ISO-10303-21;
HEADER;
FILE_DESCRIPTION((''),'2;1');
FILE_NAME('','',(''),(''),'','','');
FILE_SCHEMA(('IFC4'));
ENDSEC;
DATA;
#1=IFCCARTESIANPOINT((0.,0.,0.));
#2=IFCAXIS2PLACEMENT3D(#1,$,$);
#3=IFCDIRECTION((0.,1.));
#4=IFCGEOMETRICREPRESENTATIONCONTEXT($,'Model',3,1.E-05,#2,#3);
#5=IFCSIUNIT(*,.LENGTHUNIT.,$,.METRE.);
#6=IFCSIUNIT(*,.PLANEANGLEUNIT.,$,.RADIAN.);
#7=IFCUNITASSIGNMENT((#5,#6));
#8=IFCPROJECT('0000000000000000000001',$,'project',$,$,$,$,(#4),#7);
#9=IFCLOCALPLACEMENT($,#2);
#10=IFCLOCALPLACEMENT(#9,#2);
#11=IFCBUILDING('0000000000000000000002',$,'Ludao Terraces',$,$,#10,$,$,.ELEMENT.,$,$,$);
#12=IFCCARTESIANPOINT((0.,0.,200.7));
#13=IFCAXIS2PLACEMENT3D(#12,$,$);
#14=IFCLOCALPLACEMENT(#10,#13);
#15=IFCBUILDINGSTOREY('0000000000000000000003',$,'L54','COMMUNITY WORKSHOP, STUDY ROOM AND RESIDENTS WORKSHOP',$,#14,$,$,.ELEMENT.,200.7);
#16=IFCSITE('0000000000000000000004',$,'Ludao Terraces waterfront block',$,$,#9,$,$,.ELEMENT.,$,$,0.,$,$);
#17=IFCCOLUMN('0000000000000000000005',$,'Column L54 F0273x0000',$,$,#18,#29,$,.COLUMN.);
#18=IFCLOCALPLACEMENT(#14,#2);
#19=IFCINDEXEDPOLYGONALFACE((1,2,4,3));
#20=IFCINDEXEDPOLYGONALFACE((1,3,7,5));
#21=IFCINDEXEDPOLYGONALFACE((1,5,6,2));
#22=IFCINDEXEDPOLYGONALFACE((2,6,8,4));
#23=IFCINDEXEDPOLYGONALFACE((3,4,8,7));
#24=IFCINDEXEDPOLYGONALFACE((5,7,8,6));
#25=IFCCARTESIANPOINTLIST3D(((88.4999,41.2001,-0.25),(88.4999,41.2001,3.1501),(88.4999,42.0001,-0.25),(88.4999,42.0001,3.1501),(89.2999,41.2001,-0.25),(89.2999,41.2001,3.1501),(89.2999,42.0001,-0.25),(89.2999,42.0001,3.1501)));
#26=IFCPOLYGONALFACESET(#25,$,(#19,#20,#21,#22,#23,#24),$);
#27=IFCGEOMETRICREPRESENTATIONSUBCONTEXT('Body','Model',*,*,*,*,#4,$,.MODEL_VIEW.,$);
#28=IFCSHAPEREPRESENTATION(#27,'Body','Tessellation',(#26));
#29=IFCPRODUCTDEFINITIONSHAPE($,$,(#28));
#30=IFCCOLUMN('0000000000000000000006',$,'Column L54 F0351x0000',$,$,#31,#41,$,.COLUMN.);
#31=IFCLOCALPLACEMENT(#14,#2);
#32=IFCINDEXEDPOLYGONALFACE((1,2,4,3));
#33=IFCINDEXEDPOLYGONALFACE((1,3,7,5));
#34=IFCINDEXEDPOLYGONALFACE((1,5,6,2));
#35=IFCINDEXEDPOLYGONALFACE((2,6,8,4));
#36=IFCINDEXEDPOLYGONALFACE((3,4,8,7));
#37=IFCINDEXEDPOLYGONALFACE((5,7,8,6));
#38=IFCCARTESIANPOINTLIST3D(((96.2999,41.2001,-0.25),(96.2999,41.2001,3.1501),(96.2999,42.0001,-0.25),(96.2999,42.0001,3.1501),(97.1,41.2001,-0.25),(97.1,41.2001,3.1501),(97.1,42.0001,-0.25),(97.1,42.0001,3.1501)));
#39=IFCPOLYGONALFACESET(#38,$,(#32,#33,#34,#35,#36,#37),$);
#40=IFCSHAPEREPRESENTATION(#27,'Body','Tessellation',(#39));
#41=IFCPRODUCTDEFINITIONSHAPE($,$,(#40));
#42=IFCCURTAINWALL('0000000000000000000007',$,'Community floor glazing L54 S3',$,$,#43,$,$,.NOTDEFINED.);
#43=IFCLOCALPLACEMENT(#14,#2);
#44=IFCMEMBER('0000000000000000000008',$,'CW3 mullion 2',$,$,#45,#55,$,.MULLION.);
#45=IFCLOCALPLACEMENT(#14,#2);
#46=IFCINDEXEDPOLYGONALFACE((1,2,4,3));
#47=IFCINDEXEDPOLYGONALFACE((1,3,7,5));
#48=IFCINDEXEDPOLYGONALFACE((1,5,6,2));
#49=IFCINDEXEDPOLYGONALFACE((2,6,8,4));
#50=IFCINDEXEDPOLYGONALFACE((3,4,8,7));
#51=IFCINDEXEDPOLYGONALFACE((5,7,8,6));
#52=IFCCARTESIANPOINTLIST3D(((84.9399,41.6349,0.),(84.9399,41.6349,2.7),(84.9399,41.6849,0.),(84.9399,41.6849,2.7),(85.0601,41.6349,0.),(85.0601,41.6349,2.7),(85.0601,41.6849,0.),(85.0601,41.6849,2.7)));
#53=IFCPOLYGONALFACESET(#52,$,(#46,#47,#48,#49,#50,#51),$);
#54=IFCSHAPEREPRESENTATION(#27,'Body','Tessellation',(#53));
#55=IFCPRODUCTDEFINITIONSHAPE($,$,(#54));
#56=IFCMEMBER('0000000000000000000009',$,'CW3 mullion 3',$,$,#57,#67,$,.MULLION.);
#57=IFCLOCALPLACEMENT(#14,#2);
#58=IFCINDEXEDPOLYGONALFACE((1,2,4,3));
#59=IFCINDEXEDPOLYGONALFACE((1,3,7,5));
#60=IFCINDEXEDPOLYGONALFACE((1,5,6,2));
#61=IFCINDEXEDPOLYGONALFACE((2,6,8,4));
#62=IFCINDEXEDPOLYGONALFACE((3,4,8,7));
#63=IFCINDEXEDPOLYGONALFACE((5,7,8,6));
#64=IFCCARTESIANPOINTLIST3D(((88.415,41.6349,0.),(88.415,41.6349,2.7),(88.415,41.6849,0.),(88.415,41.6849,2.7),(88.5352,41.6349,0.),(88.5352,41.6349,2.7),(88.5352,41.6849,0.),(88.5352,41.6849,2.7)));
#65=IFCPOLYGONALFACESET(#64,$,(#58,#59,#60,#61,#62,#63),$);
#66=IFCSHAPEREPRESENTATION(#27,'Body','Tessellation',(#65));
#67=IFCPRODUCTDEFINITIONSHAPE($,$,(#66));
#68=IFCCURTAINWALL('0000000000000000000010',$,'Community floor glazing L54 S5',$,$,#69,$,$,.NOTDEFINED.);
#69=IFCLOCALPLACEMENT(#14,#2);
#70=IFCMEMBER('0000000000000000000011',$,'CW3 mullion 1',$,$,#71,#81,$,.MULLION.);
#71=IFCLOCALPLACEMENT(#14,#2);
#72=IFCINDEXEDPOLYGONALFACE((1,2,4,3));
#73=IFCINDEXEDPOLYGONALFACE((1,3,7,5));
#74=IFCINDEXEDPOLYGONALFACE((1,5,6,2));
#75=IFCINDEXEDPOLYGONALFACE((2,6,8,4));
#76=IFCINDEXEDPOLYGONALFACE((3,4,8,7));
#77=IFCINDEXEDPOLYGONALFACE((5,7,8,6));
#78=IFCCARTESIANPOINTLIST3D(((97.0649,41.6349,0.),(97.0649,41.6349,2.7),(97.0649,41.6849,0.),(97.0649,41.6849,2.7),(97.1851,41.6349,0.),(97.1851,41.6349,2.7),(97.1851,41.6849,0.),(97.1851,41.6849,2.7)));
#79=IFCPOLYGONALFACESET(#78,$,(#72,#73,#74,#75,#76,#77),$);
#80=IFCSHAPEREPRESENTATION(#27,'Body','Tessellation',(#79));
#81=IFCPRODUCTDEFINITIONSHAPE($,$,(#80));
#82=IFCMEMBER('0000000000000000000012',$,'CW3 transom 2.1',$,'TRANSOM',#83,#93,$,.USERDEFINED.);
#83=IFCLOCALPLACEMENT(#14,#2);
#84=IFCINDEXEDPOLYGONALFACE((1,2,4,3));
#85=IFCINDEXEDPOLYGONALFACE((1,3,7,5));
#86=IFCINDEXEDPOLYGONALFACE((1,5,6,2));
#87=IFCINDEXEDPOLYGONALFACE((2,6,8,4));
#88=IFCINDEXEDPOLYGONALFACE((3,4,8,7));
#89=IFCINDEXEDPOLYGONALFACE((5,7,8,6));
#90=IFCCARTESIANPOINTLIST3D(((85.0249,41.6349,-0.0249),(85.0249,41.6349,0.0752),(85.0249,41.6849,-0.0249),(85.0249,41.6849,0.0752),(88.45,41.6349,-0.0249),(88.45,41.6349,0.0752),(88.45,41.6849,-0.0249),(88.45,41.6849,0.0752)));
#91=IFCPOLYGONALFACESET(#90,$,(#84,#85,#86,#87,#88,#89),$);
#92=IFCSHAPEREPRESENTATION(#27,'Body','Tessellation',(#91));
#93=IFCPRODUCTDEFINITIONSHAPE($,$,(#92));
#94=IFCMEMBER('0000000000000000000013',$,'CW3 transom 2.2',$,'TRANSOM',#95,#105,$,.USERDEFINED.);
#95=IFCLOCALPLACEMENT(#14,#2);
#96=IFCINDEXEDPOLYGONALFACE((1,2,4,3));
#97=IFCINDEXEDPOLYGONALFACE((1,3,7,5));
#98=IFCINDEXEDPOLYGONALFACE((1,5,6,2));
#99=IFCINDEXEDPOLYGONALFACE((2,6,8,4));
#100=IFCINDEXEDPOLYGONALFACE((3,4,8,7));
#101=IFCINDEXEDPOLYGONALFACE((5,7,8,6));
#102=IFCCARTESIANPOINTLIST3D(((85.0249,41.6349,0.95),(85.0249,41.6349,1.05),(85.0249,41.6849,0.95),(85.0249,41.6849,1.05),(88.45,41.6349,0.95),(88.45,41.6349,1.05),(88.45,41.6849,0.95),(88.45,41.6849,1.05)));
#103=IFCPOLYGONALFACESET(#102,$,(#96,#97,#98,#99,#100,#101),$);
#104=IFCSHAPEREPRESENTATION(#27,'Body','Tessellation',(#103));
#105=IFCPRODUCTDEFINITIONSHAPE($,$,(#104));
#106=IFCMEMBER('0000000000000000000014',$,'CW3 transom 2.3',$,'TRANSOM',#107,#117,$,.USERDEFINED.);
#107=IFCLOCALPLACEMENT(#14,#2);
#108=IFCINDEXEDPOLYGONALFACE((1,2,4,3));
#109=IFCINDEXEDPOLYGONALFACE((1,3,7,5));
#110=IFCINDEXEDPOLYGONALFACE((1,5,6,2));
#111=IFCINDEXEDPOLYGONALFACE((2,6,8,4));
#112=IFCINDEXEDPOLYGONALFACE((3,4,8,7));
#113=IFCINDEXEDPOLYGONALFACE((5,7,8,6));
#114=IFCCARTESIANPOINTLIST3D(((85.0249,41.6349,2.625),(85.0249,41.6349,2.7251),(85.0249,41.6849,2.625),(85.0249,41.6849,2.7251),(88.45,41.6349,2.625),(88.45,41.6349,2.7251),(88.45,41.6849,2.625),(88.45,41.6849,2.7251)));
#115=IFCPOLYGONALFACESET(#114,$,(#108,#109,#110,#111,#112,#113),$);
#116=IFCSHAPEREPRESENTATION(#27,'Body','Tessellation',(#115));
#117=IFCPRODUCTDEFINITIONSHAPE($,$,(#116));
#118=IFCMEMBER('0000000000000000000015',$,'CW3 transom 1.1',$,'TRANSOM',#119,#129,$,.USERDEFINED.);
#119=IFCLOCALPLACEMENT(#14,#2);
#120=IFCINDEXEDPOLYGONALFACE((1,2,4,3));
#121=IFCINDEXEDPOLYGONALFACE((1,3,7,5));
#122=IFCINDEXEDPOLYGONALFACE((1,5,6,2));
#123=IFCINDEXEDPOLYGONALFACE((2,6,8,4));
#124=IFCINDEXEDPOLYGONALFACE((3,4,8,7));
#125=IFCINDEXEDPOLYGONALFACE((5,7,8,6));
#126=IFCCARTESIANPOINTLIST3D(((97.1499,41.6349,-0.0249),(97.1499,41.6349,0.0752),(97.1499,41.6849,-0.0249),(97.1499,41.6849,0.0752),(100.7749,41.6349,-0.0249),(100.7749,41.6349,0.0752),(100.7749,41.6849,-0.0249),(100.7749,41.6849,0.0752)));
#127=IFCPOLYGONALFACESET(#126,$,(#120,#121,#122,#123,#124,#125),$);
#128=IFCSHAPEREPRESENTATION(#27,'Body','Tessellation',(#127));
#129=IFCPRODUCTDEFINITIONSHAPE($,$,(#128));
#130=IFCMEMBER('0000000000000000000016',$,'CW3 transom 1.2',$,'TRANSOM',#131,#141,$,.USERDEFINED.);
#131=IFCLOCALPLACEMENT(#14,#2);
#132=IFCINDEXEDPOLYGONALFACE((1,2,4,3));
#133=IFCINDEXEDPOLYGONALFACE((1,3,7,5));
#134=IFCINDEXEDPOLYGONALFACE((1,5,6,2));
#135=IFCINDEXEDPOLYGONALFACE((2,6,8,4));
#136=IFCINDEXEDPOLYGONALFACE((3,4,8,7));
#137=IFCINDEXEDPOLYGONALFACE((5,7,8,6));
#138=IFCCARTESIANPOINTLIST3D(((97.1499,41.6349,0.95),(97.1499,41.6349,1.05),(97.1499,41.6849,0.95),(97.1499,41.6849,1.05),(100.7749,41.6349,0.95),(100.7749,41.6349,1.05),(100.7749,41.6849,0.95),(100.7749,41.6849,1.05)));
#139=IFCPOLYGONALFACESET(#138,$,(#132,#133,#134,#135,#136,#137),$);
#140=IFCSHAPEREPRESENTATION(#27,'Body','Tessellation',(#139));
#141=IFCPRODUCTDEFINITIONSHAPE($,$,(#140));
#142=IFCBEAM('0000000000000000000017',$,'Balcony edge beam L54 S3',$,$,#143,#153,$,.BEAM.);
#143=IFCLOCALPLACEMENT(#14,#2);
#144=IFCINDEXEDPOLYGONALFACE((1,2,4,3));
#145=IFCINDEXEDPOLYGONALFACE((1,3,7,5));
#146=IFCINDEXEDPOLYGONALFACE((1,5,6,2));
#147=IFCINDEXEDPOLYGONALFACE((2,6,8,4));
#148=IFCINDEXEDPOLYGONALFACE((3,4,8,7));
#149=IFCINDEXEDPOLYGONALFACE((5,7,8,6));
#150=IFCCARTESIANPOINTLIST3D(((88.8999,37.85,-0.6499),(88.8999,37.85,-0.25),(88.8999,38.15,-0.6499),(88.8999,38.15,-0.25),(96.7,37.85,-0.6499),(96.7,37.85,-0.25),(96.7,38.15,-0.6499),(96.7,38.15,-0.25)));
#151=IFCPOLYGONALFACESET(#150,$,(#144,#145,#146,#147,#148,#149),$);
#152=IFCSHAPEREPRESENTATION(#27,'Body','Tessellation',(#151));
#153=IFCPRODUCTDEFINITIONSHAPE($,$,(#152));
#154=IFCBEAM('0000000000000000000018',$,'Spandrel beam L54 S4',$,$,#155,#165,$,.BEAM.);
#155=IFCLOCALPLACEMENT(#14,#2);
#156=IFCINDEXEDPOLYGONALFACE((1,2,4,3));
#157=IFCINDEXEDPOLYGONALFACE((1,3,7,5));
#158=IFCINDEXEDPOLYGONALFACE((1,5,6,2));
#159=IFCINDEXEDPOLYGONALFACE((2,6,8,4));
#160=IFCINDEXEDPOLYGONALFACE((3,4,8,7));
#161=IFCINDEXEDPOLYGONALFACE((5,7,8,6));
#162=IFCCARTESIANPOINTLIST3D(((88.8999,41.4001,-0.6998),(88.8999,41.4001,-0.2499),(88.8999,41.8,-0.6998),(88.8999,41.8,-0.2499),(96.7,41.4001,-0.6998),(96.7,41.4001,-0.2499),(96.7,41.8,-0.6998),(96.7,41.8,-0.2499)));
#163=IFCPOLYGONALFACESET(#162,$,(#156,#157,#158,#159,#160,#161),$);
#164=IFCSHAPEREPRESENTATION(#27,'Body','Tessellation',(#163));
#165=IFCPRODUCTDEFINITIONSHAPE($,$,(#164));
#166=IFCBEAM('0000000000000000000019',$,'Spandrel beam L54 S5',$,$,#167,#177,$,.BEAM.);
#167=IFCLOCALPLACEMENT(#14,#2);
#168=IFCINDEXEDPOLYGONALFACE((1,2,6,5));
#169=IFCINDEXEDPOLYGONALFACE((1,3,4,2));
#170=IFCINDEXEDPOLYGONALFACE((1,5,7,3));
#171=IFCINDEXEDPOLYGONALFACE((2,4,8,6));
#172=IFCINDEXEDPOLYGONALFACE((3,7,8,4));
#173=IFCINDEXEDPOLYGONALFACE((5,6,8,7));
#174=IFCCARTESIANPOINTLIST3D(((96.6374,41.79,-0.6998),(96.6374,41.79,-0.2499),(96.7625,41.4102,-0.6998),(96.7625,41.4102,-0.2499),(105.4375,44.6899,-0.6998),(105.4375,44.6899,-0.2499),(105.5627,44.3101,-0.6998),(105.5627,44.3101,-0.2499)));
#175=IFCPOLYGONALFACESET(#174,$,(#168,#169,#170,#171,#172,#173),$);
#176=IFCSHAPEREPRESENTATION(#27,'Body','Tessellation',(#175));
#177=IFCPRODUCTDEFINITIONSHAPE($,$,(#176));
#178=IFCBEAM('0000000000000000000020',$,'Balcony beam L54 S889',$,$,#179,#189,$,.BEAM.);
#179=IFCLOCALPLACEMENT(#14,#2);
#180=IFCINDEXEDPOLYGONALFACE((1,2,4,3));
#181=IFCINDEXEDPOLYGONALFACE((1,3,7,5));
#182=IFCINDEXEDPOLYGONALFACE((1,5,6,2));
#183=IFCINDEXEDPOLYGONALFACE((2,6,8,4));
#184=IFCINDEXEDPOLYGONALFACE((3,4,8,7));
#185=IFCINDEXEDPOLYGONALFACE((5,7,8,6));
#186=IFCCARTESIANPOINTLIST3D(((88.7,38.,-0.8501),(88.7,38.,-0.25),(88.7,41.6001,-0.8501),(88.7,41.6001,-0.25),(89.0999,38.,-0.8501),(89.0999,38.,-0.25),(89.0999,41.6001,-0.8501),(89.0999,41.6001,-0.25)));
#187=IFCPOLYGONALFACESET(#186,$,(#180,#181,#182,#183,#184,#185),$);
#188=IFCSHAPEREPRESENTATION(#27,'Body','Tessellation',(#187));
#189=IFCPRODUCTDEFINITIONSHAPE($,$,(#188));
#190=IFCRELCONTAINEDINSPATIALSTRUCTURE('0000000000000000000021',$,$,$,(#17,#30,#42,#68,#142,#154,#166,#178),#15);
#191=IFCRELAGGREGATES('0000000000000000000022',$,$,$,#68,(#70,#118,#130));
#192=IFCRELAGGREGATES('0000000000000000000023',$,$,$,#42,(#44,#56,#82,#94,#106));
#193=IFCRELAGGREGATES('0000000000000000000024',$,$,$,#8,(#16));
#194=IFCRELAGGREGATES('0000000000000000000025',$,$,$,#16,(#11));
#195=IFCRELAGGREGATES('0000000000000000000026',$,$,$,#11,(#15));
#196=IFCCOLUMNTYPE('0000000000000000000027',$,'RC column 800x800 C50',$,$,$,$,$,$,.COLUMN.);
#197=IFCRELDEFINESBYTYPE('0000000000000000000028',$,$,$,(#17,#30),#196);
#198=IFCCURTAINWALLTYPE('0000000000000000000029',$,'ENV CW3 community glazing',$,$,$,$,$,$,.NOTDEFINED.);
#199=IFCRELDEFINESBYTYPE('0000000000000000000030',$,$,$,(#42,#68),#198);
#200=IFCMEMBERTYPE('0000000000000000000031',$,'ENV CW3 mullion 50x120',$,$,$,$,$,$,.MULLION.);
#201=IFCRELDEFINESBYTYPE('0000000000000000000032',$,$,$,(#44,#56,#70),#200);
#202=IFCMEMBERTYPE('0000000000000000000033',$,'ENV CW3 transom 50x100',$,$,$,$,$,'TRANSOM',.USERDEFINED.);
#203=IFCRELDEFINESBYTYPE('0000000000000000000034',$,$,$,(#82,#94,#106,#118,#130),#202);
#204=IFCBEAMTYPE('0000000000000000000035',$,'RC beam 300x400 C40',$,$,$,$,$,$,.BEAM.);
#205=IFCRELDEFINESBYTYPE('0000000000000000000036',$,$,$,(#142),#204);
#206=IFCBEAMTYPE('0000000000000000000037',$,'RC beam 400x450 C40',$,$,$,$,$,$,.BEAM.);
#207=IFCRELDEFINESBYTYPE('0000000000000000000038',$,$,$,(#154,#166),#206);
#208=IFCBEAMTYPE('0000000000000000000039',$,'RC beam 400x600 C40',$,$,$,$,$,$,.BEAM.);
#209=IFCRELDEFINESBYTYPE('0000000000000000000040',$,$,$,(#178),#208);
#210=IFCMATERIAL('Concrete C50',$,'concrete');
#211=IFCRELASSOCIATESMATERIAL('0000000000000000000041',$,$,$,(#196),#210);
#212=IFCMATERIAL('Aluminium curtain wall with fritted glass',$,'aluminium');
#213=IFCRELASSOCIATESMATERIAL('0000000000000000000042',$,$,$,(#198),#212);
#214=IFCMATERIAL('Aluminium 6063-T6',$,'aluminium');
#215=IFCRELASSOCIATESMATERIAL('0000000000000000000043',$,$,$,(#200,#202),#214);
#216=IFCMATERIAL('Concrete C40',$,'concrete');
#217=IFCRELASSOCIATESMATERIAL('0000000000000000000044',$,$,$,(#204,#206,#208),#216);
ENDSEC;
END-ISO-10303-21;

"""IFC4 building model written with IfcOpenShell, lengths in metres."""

from ifc_helpers import new_model, si_unit, direction, frame, origin, origin_2d, place, context, subcontext, project, spatial, rectangle, extrude, material, material_profile, profile_set, type_object, element, aggregate, save


model = new_model("IFC4")

# Units and contexts
model_context = context("Model", 3, precision=1e-05, world=origin(), true_north=direction((0.0, 1.0)))
body_context = subcontext(model_context, "Body", "Model", "MODEL_VIEW")
ifc_project = project(units=[si_unit("LENGTHUNIT", "METRE"), si_unit("PLANEANGLEUNIT", "RADIAN")], contexts=[model_context])

# Site, building, storey
site_placement = place(None, origin())
site = spatial("IfcSite", under=ifc_project, at=site_placement, Name="Ludao Terraces waterfront block", CompositionType="ELEMENT", RefElevation=0.0)
building_placement = place(site_placement, origin())
building = spatial("IfcBuilding", under=site, at=building_placement, Name="Ludao Terraces", CompositionType="ELEMENT")
storey_placement = place(building_placement, frame((0.0, 0.0, 200.7)))
storey = spatial("IfcBuildingStorey", under=building, at=storey_placement, Name="L54", Description="COMMUNITY WORKSHOP, STUDY ROOM AND RESIDENTS WORKSHOP", CompositionType="ELEMENT", Elevation=200.7)

# Columns
ifc_material_1 = material(Name="Concrete C50", Category="concrete")
ifc_material_profile_1 = material_profile(ifc_material_1, rectangle(XDim=0.8, YDim=0.8, at=origin_2d()), Name="800 X 800")
ifc_profile_set_1 = profile_set([ifc_material_profile_1], Name="Concrete C50")
column_type = type_object("IfcColumnType", Name="RC column 800x800 C50", PredefinedType="COLUMN", material=ifc_profile_set_1)
for number, where, z_axis, x_axis, name in (
    (1, (88.8999, 41.6001, -0.25), (0.0, 0.0, 1.0), (1.0, 0.0, 0.0), "Column L54 F0273x0000"),
    (2, (96.7, 41.6001, -0.25), (0.0, 0.0, 1.0), (1.0, 0.0, 0.0), "Column L54 F0351x0000"),
):
    element("IfcColumn", number, at=place(storey_placement, frame(where, z_axis=z_axis, x_axis=x_axis)), inside=storey, type_object=column_type, Name=name, PredefinedType="COLUMN", context=body_context, shape_type="SweptSolid", body=[
        extrude(rectangle(XDim=0.8, YDim=0.8, at=origin_2d()), origin(), (0.0, 0.0, 1.0), 3.4001),
    ])

# Curtain wall, members
ifc_material_2 = material(Name="Aluminium curtain wall with fritted glass", Category="aluminium")
curtain_wall_type = type_object("IfcCurtainWallType", Name="ENV CW3 community glazing", PredefinedType="NOTDEFINED", material=ifc_material_2)
curtain_wall_1_placement = place(storey_placement, origin())
curtain_wall_1 = element("IfcCurtainWall", 3, at=curtain_wall_1_placement, inside=storey, type_object=curtain_wall_type, Name="Community floor glazing L54 S3", PredefinedType="NOTDEFINED")
ifc_material_3 = material(Name="Aluminium 6063-T6", Category="aluminium")
ifc_material_profile_2 = material_profile(ifc_material_3, rectangle(XDim=0.05, YDim=0.1201, at=origin_2d()), Name="50 X 120")
ifc_profile_set_2 = profile_set([ifc_material_profile_2], Name="Aluminium 6063-T6")
member_type_1 = type_object("IfcMemberType", Name="ENV CW3 mullion 50x120", PredefinedType="MULLION", material=ifc_profile_set_2)
member_1_placement = place(storey_placement, frame((85.0, 41.6599, 0.0), z_axis=(0.0, 0.0, 1.0), x_axis=(0.0, 1.0, 0.0)))
member_1 = element("IfcMember", 4, at=member_1_placement, type_object=member_type_1, Name="CW3 mullion 2", PredefinedType="MULLION", context=body_context, shape_type="SweptSolid", body=[
    extrude(rectangle(XDim=0.05, YDim=0.1201, at=origin_2d()), origin(), (0.0, 0.0, 1.0), 2.7),
])
member_2_placement = place(storey_placement, frame((88.4751, 41.6599, 0.0), z_axis=(0.0, 0.0, 1.0), x_axis=(0.0, 1.0, 0.0)))
member_2 = element("IfcMember", 5, at=member_2_placement, type_object=member_type_1, Name="CW3 mullion 3", PredefinedType="MULLION", context=body_context, shape_type="SweptSolid", body=[
    extrude(rectangle(XDim=0.05, YDim=0.1201, at=origin_2d()), origin(), (0.0, 0.0, 1.0), 2.7),
])

# Curtain wall, member
curtain_wall_2_placement = place(storey_placement, origin())
curtain_wall_2 = element("IfcCurtainWall", 6, at=curtain_wall_2_placement, inside=storey, type_object=curtain_wall_type, Name="Community floor glazing L54 S5", PredefinedType="NOTDEFINED")
member_3_placement = place(storey_placement, frame((97.125, 41.6599, 0.0), z_axis=(0.0, 0.0, 1.0), x_axis=(0.0, 1.0, 0.0)))
member_3 = element("IfcMember", 7, at=member_3_placement, type_object=member_type_1, Name="CW3 mullion 1", PredefinedType="MULLION", context=body_context, shape_type="SweptSolid", body=[
    extrude(rectangle(XDim=0.05, YDim=0.1201, at=origin_2d()), origin(), (0.0, 0.0, 1.0), 2.7),
])

# Members
ifc_material_profile_3 = material_profile(ifc_material_3, rectangle(XDim=0.05, YDim=0.1001, at=origin_2d()), Name="50 X 100")
ifc_profile_set_3 = profile_set([ifc_material_profile_3], Name="Aluminium 6063-T6")
member_type_2 = type_object("IfcMemberType", Name="ENV CW3 transom 50x100", ElementType="TRANSOM", PredefinedType="USERDEFINED", material=ifc_profile_set_3)
member_4_placement = place(storey_placement, frame((85.0249, 41.6599, 0.0251), z_axis=(1.0, 0.0, 0.0), x_axis=(0.0, 1.0, 0.0)))
member_4 = element("IfcMember", 8, at=member_4_placement, type_object=member_type_2, Name="CW3 transom 2.1", ObjectType="TRANSOM", PredefinedType="USERDEFINED", context=body_context, shape_type="SweptSolid", body=[
    extrude(rectangle(XDim=0.05, YDim=0.1001, at=origin_2d()), origin(), (0.0, 0.0, 1.0), 3.425),
])
member_5_placement = place(storey_placement, frame((85.0249, 41.6599, 1.0), z_axis=(1.0, 0.0, 0.0), x_axis=(0.0, 1.0, 0.0)))
member_5 = element("IfcMember", 9, at=member_5_placement, type_object=member_type_2, Name="CW3 transom 2.2", ObjectType="TRANSOM", PredefinedType="USERDEFINED", context=body_context, shape_type="SweptSolid", body=[
    extrude(rectangle(XDim=0.05, YDim=0.1001, at=origin_2d()), origin(), (0.0, 0.0, 1.0), 3.425),
])
member_6_placement = place(storey_placement, frame((85.0249, 41.6599, 2.675), z_axis=(1.0, 0.0, 0.0), x_axis=(0.0, 1.0, 0.0)))
member_6 = element("IfcMember", 10, at=member_6_placement, type_object=member_type_2, Name="CW3 transom 2.3", ObjectType="TRANSOM", PredefinedType="USERDEFINED", context=body_context, shape_type="SweptSolid", body=[
    extrude(rectangle(XDim=0.05, YDim=0.1001, at=origin_2d()), origin(), (0.0, 0.0, 1.0), 3.425),
])
member_7_placement = place(storey_placement, frame((97.1499, 41.6599, 0.0251), z_axis=(1.0, 0.0, 0.0), x_axis=(0.0, 1.0, 0.0)))
member_7 = element("IfcMember", 11, at=member_7_placement, type_object=member_type_2, Name="CW3 transom 1.1", ObjectType="TRANSOM", PredefinedType="USERDEFINED", context=body_context, shape_type="SweptSolid", body=[
    extrude(rectangle(XDim=0.05, YDim=0.1001, at=origin_2d()), origin(), (0.0, 0.0, 1.0), 3.625),
])
member_8_placement = place(storey_placement, frame((97.1499, 41.6599, 1.0), z_axis=(1.0, 0.0, 0.0), x_axis=(0.0, 1.0, 0.0)))
member_8 = element("IfcMember", 12, at=member_8_placement, type_object=member_type_2, Name="CW3 transom 1.2", ObjectType="TRANSOM", PredefinedType="USERDEFINED", context=body_context, shape_type="SweptSolid", body=[
    extrude(rectangle(XDim=0.05, YDim=0.1001, at=origin_2d()), origin(), (0.0, 0.0, 1.0), 3.625),
])
aggregate(curtain_wall_2, [member_3, member_7, member_8])

# Beams
ifc_material_4 = material(Name="Concrete C40", Category="concrete")
ifc_material_profile_4 = material_profile(ifc_material_4, rectangle(XDim=0.3, YDim=0.3999, at=origin_2d()), Name="300 X 400")
ifc_profile_set_4 = profile_set([ifc_material_profile_4], Name="Concrete C40")
beam_type_1 = type_object("IfcBeamType", Name="RC beam 300x400 C40", PredefinedType="BEAM", material=ifc_profile_set_4)
beam_1_placement = place(storey_placement, frame((88.8999, 38.0, -0.45), z_axis=(1.0, 0.0, 0.0), x_axis=(0.0, 1.0, 0.0)))
element("IfcBeam", 13, at=beam_1_placement, inside=storey, type_object=beam_type_1, Name="Balcony edge beam L54 S3", PredefinedType="BEAM", context=body_context, shape_type="SweptSolid", body=[
    extrude(rectangle(XDim=0.3, YDim=0.3999, at=origin_2d()), origin(), (0.0, 0.0, 1.0), 7.8),
])
ifc_material_profile_5 = material_profile(ifc_material_4, rectangle(XDim=0.3999, YDim=0.45, at=origin_2d()), Name="400 X 450")
ifc_profile_set_5 = profile_set([ifc_material_profile_5], Name="Concrete C40")
beam_type_2 = type_object("IfcBeamType", Name="RC beam 400x450 C40", PredefinedType="BEAM", material=ifc_profile_set_5)
beam_2_placement = place(storey_placement, frame((88.8999, 41.6001, -0.4749), z_axis=(1.0, 0.0, 0.0), x_axis=(0.0, 1.0, 0.0)))
element("IfcBeam", 14, at=beam_2_placement, inside=storey, type_object=beam_type_2, Name="Spandrel beam L54 S4", PredefinedType="BEAM", context=body_context, shape_type="SweptSolid", body=[
    extrude(rectangle(XDim=0.3999, YDim=0.45, at=origin_2d()), origin(), (0.0, 0.0, 1.0), 7.8),
])
beam_3_placement = place(storey_placement, frame((96.7, 41.6001, -0.4749), z_axis=(0.949761, 0.312977, 0.0), x_axis=(-0.312977, 0.949761, 0.0)))
element("IfcBeam", 15, at=beam_3_placement, inside=storey, type_object=beam_type_2, Name="Spandrel beam L54 S5", PredefinedType="BEAM", context=body_context, shape_type="SweptSolid", body=[
    extrude(rectangle(XDim=0.3999, YDim=0.45, at=origin_2d()), origin(), (0.0, 0.0, 1.0), 9.2656),
])
ifc_material_profile_6 = material_profile(ifc_material_4, rectangle(XDim=0.3999, YDim=0.6001, at=origin_2d()), Name="400 X 600")
ifc_profile_set_6 = profile_set([ifc_material_profile_6], Name="Concrete C40")
beam_type_3 = type_object("IfcBeamType", Name="RC beam 400x600 C40", PredefinedType="BEAM", material=ifc_profile_set_6)
for number, where, z_axis, x_axis, name in (
    (16, (88.8999, 41.6001, -0.55), (0.0, -1.0, 0.0), (1.0, 0.0, 0.0), "Balcony beam L54 S889"),
):
    element("IfcBeam", number, at=place(storey_placement, frame(where, z_axis=z_axis, x_axis=x_axis)), inside=storey, type_object=beam_type_3, Name=name, PredefinedType="BEAM", context=body_context, shape_type="SweptSolid", body=[
        extrude(rectangle(XDim=0.3999, YDim=0.6001, at=origin_2d()), origin(), (0.0, 0.0, 1.0), 3.6001),
    ])

aggregate(curtain_wall_1, [member_1, member_2, member_4, member_5, member_6])

save(model, "model.ifc")
